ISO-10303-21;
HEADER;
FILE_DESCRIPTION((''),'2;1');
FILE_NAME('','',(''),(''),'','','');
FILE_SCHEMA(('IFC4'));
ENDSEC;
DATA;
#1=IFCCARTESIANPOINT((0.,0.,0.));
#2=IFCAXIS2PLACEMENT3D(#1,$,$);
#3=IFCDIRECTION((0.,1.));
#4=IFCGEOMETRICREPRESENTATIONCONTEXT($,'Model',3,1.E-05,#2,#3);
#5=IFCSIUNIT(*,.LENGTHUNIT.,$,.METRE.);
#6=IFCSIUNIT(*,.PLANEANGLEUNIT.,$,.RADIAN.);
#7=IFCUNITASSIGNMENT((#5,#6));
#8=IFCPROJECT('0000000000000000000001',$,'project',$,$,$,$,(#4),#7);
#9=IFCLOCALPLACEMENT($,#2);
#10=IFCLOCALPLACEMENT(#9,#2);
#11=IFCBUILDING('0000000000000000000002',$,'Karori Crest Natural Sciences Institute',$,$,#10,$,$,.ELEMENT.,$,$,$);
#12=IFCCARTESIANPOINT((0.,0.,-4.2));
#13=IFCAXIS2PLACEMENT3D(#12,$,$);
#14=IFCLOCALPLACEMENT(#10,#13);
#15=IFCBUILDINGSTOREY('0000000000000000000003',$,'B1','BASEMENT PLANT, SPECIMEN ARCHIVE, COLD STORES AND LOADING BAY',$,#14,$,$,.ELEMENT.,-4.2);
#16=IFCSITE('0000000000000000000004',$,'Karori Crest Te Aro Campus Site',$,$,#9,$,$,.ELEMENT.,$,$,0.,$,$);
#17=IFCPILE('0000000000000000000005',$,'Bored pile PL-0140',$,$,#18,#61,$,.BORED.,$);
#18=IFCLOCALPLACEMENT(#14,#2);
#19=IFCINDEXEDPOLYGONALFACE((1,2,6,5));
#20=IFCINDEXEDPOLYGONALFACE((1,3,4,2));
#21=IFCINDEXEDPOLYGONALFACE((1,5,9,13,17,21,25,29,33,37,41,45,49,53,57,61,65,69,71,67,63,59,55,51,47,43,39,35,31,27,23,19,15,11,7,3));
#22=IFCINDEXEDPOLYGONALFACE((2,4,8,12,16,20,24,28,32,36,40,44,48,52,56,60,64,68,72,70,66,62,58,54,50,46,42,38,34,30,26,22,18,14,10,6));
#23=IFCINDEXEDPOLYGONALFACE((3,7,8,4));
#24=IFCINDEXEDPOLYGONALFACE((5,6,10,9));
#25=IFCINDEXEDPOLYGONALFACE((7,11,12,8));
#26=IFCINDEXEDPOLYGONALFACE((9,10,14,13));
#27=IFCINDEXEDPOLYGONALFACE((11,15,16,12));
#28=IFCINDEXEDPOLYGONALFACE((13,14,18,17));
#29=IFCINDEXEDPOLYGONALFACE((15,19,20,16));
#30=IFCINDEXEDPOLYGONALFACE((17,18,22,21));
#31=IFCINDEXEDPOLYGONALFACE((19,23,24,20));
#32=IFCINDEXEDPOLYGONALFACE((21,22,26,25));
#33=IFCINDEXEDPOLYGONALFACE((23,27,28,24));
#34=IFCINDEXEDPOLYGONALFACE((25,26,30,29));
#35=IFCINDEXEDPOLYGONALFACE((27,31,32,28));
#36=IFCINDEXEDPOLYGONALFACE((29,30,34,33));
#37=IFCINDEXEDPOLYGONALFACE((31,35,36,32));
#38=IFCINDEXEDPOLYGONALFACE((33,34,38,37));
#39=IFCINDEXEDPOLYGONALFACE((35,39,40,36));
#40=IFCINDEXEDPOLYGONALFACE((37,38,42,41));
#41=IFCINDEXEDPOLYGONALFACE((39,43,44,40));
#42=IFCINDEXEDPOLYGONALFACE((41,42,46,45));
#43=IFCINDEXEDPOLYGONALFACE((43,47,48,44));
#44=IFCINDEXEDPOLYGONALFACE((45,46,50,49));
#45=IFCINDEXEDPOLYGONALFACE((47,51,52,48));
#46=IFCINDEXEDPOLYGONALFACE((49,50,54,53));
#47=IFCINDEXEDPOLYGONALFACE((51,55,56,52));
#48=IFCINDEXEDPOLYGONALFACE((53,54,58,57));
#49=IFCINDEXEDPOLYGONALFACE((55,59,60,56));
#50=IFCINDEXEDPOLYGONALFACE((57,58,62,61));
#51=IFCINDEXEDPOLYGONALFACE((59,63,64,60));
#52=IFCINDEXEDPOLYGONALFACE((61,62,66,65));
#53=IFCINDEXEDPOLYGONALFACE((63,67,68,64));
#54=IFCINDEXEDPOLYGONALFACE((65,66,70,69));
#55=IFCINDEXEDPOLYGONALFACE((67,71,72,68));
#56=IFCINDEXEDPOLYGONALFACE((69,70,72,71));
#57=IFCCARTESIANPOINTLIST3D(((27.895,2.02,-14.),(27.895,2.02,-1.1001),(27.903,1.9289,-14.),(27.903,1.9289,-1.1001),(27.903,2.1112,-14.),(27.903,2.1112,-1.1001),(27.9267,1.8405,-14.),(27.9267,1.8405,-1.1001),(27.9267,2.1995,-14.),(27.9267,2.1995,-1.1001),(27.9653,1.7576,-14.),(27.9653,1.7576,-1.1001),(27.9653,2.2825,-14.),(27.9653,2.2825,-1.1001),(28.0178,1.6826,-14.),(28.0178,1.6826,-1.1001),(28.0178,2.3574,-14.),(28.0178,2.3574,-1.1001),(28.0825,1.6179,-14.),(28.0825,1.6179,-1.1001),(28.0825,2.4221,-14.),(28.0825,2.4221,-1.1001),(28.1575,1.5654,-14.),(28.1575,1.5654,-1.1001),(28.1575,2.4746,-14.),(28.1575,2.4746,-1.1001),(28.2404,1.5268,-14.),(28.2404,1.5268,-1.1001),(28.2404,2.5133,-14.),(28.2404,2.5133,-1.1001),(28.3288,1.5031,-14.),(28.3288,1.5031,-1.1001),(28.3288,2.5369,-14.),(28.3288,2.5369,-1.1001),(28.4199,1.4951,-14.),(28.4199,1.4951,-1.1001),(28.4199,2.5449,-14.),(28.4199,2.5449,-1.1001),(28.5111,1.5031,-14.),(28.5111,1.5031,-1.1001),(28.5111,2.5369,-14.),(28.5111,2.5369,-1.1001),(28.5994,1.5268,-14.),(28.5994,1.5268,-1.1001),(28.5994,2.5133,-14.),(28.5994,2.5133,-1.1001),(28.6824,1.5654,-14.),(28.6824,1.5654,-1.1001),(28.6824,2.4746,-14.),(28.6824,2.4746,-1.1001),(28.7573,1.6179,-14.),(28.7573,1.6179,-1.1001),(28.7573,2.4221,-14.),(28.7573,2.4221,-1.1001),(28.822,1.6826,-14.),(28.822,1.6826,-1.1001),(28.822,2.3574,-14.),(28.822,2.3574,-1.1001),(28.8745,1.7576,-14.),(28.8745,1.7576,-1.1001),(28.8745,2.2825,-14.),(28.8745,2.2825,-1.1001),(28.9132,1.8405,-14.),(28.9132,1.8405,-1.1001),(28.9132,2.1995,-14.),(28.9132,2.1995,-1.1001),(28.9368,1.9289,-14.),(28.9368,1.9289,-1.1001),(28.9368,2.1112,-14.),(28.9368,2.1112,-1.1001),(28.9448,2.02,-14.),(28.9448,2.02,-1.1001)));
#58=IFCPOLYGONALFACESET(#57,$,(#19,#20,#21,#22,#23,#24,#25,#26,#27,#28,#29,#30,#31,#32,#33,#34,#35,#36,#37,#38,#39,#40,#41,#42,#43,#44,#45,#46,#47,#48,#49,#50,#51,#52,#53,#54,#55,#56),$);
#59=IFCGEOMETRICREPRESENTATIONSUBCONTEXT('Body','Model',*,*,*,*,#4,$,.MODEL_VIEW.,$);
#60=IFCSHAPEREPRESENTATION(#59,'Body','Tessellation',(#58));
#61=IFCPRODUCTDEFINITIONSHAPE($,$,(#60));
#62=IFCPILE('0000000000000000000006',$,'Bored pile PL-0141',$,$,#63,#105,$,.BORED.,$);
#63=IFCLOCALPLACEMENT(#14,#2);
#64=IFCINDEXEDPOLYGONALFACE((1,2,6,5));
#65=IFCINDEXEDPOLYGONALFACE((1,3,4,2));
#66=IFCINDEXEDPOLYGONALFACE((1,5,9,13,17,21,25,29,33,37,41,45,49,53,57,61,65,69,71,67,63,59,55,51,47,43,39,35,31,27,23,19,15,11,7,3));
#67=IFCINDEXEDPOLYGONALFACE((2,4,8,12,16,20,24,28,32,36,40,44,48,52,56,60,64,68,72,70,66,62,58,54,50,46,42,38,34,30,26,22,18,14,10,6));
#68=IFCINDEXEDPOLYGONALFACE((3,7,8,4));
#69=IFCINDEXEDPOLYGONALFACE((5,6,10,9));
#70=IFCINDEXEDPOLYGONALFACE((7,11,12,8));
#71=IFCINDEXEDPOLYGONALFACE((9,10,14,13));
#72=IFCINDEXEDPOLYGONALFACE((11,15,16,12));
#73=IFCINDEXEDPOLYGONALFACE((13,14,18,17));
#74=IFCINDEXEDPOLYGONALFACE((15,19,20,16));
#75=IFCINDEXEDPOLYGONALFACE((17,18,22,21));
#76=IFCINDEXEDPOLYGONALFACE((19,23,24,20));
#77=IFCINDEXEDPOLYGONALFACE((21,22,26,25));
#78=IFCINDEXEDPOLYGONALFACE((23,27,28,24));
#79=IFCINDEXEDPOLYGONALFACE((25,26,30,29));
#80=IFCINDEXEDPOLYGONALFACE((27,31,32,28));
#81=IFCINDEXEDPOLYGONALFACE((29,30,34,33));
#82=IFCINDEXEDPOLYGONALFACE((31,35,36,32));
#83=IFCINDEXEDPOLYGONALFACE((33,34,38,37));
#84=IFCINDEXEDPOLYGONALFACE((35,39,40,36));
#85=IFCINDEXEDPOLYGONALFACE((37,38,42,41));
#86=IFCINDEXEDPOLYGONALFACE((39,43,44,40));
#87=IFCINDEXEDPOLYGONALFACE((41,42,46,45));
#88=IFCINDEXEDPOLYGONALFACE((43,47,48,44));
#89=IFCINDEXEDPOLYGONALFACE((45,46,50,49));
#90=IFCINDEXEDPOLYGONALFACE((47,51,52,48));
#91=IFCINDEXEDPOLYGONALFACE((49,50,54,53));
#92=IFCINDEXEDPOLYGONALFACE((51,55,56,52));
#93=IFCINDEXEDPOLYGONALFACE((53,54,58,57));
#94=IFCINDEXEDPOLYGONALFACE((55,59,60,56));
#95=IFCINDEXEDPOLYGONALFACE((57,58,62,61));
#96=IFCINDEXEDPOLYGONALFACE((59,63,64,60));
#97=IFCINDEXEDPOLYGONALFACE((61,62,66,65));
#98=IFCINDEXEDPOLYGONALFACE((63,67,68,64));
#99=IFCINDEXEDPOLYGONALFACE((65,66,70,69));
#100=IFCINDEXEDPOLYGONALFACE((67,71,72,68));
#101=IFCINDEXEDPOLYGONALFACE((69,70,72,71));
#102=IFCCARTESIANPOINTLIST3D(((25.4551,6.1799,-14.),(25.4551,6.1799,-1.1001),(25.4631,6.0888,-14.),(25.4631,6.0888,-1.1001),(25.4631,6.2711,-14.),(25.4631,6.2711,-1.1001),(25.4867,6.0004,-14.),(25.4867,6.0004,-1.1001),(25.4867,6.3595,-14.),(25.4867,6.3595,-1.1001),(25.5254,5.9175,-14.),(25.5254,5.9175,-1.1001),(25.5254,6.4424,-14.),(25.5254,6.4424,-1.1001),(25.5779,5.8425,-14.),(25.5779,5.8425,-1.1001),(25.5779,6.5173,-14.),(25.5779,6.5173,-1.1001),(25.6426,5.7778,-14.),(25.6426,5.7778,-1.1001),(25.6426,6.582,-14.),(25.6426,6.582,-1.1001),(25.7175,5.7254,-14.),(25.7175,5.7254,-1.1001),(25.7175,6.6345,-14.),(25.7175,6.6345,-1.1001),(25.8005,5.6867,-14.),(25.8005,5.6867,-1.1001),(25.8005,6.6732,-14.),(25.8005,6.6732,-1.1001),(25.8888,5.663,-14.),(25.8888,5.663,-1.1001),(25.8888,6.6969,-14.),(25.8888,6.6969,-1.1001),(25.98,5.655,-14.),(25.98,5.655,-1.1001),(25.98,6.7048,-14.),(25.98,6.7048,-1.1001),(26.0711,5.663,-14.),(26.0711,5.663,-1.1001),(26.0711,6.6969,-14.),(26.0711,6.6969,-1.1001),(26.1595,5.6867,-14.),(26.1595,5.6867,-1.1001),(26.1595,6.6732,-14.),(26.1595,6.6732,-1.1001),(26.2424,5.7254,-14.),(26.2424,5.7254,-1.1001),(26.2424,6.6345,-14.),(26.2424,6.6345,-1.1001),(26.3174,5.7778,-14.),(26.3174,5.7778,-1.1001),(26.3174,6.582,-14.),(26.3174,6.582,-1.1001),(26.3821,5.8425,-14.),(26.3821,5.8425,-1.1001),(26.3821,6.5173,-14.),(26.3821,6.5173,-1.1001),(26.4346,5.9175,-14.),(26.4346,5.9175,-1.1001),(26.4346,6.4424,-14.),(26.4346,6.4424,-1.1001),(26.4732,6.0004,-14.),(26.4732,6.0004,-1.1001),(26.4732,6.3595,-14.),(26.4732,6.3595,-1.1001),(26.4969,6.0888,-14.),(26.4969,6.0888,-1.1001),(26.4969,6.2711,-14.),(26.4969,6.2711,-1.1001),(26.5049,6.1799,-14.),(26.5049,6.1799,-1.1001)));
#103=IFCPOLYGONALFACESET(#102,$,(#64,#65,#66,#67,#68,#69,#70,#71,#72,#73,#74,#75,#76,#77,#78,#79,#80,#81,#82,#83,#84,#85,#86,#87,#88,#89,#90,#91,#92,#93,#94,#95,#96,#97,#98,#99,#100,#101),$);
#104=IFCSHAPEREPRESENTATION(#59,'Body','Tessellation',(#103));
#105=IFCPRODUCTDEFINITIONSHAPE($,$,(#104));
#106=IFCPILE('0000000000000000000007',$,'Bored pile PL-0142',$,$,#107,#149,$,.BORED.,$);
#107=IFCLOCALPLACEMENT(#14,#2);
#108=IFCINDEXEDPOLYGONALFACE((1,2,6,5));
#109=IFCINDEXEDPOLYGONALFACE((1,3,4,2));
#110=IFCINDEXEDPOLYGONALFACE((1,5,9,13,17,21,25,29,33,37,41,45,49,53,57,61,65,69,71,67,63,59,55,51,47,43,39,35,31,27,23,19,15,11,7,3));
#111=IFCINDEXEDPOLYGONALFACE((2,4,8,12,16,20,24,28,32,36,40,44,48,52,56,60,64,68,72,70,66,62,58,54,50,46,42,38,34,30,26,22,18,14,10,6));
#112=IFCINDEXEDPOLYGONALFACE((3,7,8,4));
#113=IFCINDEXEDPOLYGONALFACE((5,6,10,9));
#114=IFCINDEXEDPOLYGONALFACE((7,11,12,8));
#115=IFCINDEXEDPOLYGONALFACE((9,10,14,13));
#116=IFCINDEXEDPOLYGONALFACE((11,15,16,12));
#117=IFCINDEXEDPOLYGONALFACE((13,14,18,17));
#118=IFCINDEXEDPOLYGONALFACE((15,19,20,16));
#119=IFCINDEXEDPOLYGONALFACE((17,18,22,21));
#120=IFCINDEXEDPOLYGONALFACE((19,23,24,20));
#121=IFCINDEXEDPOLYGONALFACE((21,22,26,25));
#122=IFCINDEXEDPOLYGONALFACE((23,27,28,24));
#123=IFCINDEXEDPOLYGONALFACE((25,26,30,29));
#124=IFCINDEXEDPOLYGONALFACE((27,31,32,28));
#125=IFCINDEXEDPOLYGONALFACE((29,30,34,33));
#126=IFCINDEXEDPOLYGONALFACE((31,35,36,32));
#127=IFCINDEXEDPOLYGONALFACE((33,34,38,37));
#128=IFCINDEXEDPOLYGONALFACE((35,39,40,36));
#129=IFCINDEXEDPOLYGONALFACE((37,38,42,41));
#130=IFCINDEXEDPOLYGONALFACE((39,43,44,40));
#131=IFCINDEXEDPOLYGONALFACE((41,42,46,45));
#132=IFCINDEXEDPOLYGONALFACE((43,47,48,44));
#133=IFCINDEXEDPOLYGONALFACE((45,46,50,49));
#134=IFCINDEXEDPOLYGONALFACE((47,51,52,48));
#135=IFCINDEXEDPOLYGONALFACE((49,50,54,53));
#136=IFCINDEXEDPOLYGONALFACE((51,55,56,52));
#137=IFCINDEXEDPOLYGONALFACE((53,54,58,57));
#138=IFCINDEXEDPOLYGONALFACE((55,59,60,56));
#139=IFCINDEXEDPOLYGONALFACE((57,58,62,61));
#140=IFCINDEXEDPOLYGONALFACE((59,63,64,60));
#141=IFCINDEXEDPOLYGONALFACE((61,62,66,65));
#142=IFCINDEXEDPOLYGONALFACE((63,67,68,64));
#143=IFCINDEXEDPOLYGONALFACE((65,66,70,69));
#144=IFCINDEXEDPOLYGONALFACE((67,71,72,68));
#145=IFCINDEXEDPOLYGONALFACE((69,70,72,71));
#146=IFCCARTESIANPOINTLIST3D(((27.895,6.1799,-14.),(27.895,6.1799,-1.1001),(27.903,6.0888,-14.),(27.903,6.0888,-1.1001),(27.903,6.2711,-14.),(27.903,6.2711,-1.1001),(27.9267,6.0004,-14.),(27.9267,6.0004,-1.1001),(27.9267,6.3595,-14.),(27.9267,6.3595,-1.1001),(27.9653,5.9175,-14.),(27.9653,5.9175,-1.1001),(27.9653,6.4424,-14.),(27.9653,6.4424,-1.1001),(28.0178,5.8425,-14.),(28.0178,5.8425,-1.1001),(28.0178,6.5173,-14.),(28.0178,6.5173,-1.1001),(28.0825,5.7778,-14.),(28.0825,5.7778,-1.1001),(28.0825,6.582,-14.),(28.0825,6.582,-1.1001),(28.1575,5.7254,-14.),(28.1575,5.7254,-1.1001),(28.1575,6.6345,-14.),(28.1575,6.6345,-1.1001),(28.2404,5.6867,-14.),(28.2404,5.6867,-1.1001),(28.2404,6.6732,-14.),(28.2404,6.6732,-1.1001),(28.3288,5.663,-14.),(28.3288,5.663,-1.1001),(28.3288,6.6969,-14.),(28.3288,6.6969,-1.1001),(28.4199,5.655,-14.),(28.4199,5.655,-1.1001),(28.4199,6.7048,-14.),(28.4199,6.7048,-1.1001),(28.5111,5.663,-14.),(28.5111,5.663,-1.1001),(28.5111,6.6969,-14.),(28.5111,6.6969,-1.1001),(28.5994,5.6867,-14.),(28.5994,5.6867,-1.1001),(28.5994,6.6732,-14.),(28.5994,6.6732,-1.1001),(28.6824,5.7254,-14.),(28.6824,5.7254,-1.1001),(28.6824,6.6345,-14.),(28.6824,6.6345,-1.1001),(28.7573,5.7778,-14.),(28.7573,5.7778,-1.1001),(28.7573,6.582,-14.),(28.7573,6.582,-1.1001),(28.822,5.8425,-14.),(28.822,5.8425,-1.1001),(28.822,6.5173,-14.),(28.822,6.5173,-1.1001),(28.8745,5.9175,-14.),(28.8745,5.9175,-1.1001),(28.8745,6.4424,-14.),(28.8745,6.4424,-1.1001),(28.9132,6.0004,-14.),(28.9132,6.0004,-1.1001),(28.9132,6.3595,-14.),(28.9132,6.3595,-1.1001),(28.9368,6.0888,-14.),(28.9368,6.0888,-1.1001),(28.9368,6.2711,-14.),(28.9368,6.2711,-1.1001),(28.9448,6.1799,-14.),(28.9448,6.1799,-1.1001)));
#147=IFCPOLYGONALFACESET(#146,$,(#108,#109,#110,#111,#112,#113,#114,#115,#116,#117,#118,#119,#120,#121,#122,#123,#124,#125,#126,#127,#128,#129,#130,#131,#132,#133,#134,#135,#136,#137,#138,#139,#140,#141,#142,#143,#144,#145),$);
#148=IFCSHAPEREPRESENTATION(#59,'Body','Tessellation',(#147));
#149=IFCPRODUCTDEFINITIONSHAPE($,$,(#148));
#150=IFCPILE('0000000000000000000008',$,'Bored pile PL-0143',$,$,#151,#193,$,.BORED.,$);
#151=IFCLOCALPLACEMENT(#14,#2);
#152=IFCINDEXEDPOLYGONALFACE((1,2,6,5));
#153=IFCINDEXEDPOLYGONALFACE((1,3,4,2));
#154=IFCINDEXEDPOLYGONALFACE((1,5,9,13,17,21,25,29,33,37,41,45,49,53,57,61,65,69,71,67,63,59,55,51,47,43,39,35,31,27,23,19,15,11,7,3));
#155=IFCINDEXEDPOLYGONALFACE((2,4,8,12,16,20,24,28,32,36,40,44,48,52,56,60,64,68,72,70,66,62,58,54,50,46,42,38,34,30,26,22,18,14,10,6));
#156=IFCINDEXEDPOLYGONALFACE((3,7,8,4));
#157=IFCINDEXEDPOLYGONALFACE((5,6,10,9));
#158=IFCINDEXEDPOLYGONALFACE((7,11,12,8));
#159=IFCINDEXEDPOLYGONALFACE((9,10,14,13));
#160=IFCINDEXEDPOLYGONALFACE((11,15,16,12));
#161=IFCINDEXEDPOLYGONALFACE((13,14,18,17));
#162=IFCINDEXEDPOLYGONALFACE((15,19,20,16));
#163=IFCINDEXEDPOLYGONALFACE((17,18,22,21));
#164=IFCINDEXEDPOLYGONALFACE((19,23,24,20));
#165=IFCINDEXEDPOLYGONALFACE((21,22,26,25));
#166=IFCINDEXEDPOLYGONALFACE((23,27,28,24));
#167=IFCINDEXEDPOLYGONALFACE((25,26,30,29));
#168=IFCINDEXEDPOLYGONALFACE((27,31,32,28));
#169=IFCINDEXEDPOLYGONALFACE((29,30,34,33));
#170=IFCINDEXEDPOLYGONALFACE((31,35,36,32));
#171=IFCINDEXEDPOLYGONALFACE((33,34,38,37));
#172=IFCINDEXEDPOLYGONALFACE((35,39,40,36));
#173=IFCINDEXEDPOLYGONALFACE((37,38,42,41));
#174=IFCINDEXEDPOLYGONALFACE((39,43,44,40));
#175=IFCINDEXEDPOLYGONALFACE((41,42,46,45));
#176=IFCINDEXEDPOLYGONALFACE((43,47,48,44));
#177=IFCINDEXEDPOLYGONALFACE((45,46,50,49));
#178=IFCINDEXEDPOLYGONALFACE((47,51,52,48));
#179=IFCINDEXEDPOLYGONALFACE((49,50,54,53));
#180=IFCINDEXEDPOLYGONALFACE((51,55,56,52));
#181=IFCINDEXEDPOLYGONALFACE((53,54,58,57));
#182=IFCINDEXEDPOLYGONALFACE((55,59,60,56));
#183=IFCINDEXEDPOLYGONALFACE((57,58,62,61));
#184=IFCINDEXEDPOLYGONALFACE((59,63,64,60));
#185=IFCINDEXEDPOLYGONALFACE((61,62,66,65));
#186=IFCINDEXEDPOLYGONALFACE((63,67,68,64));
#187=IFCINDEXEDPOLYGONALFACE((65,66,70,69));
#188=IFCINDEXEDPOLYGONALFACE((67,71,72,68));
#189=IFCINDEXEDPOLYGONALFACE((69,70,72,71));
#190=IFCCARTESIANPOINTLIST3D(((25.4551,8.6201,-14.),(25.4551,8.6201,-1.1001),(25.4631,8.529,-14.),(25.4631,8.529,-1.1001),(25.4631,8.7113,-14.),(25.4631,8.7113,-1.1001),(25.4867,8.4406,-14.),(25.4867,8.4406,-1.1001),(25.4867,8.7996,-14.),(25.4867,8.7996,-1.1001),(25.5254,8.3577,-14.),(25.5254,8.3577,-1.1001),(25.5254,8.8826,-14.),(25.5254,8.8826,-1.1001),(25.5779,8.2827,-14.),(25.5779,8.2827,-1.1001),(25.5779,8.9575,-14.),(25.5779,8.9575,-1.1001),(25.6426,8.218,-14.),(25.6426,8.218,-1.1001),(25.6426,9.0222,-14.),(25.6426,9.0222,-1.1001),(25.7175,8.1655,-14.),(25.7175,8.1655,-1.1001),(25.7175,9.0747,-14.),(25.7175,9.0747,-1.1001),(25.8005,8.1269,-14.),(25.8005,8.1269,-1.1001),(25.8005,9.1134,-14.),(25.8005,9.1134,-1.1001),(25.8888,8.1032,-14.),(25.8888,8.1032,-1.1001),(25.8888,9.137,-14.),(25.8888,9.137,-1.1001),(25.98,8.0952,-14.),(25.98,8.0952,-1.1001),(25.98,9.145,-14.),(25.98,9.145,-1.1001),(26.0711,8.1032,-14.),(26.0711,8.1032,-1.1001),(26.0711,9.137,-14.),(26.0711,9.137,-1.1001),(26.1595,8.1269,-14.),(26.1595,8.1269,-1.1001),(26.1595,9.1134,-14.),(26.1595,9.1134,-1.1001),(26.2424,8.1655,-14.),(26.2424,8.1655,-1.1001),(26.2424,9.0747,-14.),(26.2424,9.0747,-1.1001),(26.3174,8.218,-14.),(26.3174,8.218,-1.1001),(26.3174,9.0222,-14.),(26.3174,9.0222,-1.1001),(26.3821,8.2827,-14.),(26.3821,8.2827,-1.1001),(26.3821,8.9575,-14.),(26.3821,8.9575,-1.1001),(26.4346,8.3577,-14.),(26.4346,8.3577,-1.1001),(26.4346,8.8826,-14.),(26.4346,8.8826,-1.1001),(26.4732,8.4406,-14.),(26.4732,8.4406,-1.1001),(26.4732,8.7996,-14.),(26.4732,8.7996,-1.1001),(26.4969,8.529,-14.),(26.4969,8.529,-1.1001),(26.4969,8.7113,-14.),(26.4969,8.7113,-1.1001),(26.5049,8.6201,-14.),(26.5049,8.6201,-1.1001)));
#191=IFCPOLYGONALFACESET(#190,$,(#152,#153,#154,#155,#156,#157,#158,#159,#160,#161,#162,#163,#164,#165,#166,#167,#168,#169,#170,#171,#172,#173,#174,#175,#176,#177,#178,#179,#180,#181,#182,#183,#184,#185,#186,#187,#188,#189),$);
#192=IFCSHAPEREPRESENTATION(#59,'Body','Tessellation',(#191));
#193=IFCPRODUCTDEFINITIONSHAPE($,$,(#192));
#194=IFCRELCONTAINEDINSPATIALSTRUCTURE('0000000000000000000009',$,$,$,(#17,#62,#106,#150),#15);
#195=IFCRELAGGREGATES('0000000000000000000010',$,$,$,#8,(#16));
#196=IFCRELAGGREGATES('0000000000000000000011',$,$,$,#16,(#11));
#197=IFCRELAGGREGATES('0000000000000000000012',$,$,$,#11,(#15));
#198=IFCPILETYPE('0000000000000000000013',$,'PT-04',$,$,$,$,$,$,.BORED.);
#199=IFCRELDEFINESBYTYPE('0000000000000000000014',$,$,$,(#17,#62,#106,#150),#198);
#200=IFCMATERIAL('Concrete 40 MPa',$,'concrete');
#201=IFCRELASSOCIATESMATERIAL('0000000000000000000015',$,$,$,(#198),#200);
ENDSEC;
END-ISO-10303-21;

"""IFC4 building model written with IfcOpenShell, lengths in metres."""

from ifc_helpers import new_model, si_unit, direction, frame, origin, origin_2d, place, context, subcontext, project, spatial, circle, extrude, material, material_profile, profile_set, type_object, element, save


model = new_model("IFC4")

# Units and contexts
model_context = context("Model", 3, precision=1e-05, world=origin(), true_north=direction((0.0, 1.0)))
body_context = subcontext(model_context, "Body", "Model", "MODEL_VIEW")
ifc_project = project(units=[si_unit("LENGTHUNIT", "METRE"), si_unit("PLANEANGLEUNIT", "RADIAN")], contexts=[model_context])

# Site, building, storey
site_placement = place(None, origin())
site = spatial("IfcSite", under=ifc_project, at=site_placement, Name="Karori Crest Te Aro Campus Site", CompositionType="ELEMENT", RefElevation=0.0)
building_placement = place(site_placement, origin())
building = spatial("IfcBuilding", under=site, at=building_placement, Name="Karori Crest Natural Sciences Institute", CompositionType="ELEMENT")
storey_placement = place(building_placement, frame((0.0, 0.0, -4.2)))
storey = spatial("IfcBuildingStorey", under=building, at=storey_placement, Name="B1", Description="BASEMENT PLANT, SPECIMEN ARCHIVE, COLD STORES AND LOADING BAY", CompositionType="ELEMENT", Elevation=-4.2)

# Shared definitions
ifc_material_1 = material(Name="Concrete 40 MPa", Category="concrete")

# Piles
ifc_material_profile_1 = material_profile(ifc_material_1, circle(Radius=0.5249, at=origin_2d()), Name="PILE1050")
ifc_profile_set_1 = profile_set([ifc_material_profile_1], Name="Concrete 40 MPa")
pile_type = type_object("IfcPileType", Name="PT-04", PredefinedType="BORED", material=ifc_profile_set_1)
for number, where, z_axis, x_axis, name in (
    (1, (28.4199, 2.02, -1.1001), (0.0, 0.0, -1.0), (1.0, 0.0, 0.0), "Bored pile PL-0140"),
    (2, (25.98, 6.1799, -1.1001), (0.0, 0.0, -1.0), (1.0, 0.0, 0.0), "Bored pile PL-0141"),
    (3, (28.4199, 6.1799, -1.1001), (0.0, 0.0, -1.0), (1.0, 0.0, 0.0), "Bored pile PL-0142"),
    (4, (25.98, 8.6201, -1.1001), (0.0, 0.0, -1.0), (1.0, 0.0, 0.0), "Bored pile PL-0143"),
):
    element("IfcPile", number, at=place(storey_placement, frame(where, z_axis=z_axis, x_axis=x_axis)), inside=storey, type_object=pile_type, Name=name, PredefinedType="BORED", context=body_context, shape_type="SweptSolid", body=[
        extrude(circle(Radius=0.5249, at=origin_2d()), origin(), (0.0, 0.0, 1.0), 12.8999),
    ])

save(model, "model.ifc")
